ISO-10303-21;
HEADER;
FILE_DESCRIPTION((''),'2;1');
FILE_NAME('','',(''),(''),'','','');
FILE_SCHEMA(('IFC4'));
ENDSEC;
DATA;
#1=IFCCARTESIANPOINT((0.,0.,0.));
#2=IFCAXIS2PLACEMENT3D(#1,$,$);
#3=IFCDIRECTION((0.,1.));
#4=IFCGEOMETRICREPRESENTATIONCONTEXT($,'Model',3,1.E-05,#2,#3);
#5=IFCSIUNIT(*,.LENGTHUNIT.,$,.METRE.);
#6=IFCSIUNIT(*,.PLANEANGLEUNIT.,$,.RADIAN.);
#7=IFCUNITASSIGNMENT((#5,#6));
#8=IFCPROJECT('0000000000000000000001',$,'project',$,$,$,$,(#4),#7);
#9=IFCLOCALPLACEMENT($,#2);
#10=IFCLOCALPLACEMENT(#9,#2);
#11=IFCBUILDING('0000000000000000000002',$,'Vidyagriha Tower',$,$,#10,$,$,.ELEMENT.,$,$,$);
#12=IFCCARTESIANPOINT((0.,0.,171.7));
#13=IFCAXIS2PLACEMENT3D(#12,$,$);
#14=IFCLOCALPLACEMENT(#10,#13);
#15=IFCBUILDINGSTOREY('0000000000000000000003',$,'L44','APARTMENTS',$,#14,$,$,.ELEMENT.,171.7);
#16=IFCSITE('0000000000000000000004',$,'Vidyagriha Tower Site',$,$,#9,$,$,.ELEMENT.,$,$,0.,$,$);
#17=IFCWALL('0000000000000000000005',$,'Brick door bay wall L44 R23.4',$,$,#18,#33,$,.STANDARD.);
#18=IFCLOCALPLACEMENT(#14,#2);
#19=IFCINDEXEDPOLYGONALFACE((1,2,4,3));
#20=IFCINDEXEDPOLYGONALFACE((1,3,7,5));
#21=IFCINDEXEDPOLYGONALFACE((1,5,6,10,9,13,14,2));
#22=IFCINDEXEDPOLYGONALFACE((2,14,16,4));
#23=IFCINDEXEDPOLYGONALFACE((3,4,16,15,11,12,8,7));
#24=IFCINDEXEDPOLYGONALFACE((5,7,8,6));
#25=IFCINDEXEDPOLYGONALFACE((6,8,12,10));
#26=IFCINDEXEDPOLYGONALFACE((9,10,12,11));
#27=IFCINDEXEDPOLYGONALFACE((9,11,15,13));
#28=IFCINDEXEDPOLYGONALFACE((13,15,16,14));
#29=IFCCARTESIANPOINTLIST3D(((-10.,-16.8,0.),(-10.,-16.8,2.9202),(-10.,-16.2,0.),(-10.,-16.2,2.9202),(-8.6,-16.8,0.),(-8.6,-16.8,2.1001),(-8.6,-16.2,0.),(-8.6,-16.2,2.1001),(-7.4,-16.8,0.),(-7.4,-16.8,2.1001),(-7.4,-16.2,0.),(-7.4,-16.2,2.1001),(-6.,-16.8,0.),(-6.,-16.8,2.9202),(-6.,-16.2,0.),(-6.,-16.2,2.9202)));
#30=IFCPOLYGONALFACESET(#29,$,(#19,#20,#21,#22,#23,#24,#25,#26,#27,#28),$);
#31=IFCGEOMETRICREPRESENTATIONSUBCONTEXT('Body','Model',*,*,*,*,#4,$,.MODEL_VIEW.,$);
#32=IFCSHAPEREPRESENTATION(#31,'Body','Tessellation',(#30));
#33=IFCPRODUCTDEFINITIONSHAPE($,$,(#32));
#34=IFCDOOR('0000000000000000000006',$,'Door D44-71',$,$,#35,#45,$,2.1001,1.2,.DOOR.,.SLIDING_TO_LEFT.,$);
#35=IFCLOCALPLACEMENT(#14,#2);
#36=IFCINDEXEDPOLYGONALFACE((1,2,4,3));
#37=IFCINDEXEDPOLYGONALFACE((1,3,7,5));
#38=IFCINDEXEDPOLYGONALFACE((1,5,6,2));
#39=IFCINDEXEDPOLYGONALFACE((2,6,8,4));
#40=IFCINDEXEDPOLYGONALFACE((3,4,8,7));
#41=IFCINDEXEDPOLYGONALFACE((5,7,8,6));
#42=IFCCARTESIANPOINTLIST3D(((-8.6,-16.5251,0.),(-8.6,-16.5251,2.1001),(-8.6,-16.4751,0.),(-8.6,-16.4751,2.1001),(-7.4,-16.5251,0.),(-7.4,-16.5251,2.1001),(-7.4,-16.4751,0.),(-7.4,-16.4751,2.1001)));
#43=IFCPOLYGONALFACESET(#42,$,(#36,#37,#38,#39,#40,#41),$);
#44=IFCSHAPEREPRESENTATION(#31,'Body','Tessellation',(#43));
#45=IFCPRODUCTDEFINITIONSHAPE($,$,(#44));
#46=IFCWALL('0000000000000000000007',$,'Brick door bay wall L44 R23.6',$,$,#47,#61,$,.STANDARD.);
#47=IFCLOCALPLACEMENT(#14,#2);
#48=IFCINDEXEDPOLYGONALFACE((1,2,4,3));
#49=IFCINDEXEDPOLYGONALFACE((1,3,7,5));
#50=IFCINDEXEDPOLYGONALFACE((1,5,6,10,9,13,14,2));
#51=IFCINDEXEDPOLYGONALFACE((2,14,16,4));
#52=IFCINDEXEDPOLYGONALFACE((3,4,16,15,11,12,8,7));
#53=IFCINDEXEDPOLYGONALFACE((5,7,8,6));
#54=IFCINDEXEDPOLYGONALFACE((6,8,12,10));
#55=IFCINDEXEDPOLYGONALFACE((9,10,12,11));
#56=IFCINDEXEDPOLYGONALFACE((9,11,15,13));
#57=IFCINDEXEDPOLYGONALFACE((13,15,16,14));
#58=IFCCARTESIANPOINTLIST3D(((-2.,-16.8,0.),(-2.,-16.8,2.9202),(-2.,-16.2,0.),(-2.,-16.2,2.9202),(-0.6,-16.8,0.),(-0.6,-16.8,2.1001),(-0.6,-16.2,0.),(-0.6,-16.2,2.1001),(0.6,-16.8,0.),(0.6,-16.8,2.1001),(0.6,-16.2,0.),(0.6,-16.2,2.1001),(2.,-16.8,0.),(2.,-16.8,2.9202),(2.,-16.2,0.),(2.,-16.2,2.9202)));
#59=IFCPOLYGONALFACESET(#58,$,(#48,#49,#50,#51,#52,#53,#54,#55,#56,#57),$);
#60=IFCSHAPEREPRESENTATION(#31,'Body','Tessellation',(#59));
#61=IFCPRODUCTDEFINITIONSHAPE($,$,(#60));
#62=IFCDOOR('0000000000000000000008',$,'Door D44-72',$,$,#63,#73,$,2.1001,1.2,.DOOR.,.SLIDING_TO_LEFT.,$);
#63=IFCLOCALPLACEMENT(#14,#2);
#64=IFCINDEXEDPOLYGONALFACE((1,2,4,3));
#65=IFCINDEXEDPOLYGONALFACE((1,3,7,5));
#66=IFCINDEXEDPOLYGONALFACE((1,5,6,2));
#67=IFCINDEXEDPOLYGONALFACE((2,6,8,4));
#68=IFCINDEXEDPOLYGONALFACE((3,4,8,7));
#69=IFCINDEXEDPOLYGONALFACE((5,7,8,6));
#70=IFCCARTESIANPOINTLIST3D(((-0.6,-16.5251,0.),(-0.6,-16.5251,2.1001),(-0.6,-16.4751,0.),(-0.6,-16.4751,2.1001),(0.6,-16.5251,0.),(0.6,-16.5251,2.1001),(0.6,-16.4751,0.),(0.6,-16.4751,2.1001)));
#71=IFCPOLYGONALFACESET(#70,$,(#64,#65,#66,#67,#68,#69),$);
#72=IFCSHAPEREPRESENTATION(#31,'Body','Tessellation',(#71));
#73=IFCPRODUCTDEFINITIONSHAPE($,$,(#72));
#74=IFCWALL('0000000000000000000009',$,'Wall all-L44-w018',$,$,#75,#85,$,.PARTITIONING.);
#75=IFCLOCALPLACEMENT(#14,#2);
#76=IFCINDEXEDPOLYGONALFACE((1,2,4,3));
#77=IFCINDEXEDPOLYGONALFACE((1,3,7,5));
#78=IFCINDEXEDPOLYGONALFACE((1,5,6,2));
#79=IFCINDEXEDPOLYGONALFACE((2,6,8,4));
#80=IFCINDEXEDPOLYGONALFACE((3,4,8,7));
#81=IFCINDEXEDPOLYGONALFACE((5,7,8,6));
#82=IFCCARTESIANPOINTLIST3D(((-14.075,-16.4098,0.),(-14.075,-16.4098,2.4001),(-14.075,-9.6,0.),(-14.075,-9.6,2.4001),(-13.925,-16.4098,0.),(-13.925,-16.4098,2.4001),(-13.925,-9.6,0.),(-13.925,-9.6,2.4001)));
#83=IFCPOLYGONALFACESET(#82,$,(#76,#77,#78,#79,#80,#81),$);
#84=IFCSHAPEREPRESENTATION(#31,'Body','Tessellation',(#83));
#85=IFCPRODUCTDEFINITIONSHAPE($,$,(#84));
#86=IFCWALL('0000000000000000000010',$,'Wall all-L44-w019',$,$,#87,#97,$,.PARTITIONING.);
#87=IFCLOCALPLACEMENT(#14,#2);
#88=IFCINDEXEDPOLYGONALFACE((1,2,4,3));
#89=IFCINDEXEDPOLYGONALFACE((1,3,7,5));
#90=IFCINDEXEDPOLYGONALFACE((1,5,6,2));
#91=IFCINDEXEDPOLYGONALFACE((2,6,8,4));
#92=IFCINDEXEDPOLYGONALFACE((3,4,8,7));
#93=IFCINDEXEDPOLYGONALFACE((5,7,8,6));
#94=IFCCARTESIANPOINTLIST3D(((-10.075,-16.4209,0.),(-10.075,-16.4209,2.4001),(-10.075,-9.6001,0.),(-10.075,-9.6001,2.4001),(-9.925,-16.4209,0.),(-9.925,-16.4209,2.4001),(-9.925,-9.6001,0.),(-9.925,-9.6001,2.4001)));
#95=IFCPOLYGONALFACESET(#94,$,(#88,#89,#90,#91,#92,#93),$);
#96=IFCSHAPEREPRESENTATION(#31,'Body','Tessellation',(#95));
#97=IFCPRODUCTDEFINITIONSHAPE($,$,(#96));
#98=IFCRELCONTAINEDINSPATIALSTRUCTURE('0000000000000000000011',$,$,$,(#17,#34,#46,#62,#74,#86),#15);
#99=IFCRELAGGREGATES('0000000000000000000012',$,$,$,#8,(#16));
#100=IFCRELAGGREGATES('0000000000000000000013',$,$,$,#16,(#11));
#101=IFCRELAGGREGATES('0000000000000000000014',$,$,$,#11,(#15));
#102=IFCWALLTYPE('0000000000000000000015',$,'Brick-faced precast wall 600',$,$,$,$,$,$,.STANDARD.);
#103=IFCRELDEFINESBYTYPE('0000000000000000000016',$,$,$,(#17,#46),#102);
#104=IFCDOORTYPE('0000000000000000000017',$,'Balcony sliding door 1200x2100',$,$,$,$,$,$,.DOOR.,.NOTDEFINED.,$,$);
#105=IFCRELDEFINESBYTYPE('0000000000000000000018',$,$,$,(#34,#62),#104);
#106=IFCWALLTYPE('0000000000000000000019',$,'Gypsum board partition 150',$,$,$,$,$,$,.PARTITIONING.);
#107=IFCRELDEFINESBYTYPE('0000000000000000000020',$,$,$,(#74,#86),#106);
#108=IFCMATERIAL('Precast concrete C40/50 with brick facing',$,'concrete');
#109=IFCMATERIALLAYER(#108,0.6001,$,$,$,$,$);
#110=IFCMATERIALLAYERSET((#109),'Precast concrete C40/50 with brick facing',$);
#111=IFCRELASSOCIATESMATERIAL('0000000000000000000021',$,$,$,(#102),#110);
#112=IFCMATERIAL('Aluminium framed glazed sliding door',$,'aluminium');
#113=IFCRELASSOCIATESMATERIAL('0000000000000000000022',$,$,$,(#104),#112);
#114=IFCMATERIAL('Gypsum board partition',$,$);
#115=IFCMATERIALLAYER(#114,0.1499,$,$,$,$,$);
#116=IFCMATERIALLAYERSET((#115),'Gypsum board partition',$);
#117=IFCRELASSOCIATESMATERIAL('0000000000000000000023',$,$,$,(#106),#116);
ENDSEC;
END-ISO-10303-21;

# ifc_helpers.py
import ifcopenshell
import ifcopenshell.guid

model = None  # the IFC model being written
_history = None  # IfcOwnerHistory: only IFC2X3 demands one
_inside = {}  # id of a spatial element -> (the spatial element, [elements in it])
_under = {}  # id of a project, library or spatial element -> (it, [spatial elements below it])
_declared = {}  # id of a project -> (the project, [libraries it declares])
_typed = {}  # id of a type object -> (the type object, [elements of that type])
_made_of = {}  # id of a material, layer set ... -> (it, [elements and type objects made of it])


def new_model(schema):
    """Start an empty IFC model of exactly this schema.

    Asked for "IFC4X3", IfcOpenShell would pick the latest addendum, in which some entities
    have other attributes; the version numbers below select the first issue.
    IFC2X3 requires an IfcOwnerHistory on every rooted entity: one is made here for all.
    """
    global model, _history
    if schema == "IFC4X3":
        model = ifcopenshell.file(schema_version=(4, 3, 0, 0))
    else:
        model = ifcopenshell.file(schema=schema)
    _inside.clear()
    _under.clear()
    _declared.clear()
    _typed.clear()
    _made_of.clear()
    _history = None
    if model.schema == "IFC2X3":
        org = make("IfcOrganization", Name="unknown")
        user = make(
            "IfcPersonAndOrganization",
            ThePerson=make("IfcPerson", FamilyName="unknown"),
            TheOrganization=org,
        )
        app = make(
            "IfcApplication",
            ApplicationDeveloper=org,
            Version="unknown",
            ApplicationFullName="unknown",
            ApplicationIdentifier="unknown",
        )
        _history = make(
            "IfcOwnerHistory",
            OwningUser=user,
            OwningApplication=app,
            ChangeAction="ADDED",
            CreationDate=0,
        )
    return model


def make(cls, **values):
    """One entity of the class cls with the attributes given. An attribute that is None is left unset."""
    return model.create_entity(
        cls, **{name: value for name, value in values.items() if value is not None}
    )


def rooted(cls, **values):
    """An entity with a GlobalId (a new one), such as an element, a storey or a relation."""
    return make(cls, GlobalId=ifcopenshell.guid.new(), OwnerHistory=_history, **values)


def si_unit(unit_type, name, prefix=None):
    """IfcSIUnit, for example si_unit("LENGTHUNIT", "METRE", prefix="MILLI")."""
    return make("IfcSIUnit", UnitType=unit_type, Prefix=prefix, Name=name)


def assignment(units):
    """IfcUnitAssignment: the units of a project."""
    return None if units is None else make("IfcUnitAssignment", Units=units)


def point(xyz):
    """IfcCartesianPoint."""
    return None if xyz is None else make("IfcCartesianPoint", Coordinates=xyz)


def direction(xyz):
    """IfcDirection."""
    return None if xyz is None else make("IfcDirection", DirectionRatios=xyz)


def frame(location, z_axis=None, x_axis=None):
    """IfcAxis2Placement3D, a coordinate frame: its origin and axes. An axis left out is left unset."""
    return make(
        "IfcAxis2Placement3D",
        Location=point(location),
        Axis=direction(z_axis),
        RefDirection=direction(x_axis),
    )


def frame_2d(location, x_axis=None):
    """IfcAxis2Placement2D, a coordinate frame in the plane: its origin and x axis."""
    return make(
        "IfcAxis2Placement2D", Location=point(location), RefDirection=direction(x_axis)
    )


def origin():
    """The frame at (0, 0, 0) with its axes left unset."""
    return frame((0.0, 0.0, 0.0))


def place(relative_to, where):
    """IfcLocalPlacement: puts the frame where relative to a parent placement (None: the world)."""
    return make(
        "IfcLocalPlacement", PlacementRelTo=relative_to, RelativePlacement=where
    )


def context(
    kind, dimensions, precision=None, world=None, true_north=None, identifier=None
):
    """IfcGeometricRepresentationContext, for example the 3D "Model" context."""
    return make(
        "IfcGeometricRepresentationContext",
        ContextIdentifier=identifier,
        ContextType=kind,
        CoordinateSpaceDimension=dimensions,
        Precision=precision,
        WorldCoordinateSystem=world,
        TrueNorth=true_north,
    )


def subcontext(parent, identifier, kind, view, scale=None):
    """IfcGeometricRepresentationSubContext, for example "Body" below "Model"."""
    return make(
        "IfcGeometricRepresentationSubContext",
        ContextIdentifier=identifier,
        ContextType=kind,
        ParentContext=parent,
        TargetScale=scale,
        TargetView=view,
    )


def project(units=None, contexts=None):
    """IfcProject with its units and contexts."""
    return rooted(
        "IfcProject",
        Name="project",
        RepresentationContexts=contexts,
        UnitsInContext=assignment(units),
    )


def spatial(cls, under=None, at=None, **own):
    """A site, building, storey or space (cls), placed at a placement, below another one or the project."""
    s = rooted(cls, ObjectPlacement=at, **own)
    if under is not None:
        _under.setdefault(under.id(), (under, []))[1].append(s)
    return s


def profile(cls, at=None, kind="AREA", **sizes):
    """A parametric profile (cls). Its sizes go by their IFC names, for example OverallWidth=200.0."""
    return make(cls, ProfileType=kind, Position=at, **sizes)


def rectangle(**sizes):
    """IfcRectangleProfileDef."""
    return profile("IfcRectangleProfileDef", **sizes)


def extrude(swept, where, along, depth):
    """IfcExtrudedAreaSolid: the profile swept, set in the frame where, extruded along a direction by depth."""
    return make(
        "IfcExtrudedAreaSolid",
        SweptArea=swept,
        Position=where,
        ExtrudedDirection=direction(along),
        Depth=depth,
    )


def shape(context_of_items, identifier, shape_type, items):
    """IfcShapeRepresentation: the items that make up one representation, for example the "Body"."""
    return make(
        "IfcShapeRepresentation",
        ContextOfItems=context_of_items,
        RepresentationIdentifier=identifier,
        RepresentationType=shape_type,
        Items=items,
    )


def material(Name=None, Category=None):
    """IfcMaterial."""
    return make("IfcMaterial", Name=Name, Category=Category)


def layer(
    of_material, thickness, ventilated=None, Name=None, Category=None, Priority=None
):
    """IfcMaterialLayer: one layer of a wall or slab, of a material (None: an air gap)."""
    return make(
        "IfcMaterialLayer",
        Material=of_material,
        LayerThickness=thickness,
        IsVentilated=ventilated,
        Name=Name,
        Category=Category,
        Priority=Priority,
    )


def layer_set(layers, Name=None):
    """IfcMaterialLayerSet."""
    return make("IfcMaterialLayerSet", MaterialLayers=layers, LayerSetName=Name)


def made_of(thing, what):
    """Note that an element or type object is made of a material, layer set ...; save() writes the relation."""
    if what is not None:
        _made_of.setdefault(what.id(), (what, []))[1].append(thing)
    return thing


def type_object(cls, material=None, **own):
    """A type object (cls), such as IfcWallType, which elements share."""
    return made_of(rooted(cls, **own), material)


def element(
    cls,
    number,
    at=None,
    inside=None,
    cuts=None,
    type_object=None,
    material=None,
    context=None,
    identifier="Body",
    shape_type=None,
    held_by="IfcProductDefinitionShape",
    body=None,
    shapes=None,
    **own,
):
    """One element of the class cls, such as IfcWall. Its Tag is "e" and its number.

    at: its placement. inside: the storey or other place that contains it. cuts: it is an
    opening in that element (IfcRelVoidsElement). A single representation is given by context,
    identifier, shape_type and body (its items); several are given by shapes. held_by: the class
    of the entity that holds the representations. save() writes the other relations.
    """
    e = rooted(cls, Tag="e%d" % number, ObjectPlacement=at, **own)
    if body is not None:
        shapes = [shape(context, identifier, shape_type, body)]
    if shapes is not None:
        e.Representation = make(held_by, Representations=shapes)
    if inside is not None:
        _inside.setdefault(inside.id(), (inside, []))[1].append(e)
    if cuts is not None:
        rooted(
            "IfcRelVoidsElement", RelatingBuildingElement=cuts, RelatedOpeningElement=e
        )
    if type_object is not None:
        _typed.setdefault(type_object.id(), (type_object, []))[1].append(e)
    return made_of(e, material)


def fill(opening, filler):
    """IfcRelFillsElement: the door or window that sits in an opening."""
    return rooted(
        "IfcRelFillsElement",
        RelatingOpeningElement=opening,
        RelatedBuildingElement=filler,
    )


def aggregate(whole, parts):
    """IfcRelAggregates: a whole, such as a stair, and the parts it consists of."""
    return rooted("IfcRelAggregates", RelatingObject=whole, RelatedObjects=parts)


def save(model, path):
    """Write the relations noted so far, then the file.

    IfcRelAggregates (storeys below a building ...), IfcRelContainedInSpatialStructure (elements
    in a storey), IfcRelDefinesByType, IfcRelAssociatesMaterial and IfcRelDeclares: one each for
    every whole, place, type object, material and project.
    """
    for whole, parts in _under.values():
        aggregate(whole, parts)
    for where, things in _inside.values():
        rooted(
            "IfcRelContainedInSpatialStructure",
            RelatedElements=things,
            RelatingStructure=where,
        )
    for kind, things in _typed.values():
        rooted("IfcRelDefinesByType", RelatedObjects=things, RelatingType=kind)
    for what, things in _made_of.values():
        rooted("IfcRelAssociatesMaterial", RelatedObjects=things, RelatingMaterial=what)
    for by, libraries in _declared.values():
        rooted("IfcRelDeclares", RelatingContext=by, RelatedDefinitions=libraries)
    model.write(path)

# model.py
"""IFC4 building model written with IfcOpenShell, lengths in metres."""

from ifc_helpers import new_model, si_unit, direction, frame, frame_2d, origin, place, context, subcontext, project, spatial, rectangle, extrude, material, layer, layer_set, type_object, element, fill, save


model = new_model("IFC4")

# Units and contexts
model_context = context("Model", 3, precision=1e-05, world=origin(), true_north=direction((0.0, 1.0)))
body_context = subcontext(model_context, "Body", "Model", "MODEL_VIEW")
ifc_project = project(units=[si_unit("LENGTHUNIT", "METRE"), si_unit("PLANEANGLEUNIT", "RADIAN")], contexts=[model_context])

# Site, building, storey
site_placement = place(None, origin())
site = spatial("IfcSite", under=ifc_project, at=site_placement, Name="Vidyagriha Tower Site", CompositionType="ELEMENT", RefElevation=0.0)
building_placement = place(site_placement, origin())
building = spatial("IfcBuilding", under=site, at=building_placement, Name="Vidyagriha Tower", CompositionType="ELEMENT")
storey_placement = place(building_placement, frame((0.0, 0.0, 171.7)))
storey = spatial("IfcBuildingStorey", under=building, at=storey_placement, Name="L44", Description="APARTMENTS", CompositionType="ELEMENT", Elevation=171.7)

# Walls, openings, doors
ifc_material_1 = material(Name="Precast concrete C40/50 with brick facing", Category="concrete")
ifc_layer_1 = layer(ifc_material_1, 0.6001)
ifc_layer_set_1 = layer_set([ifc_layer_1], Name="Precast concrete C40/50 with brick facing")
wall_type_1 = type_object("IfcWallType", Name="Brick-faced precast wall 600", PredefinedType="STANDARD", material=ifc_layer_set_1)
wall_1_placement = place(storey_placement, frame((-10.0, -16.5, 0.0)))
wall_1 = element("IfcWall", 1, at=wall_1_placement, inside=storey, type_object=wall_type_1, Name="Brick door bay wall L44 R23.4", PredefinedType="STANDARD", context=body_context, shape_type="SweptSolid", body=[
    extrude(rectangle(XDim=4.0, YDim=0.6001, at=frame_2d((2.0, 0.0))), origin(), (0.0, 0.0, 1.0), 2.9202),
])
opening_1_placement = place(wall_1_placement, frame((1.3999, 0.0, 0.0)))
opening_1 = element("IfcOpeningElement", 2, at=opening_1_placement, cuts=wall_1, PredefinedType="OPENING", context=body_context, shape_type="SweptSolid", body=[
    extrude(rectangle(XDim=1.2, YDim=2.1001, at=frame_2d((0.6001, 1.05))), frame((0.0, 0.3101, 0.0), z_axis=(0.0, -1.0, 0.0), x_axis=(1.0, 0.0, 0.0)), (0.0, 0.0, 1.0), 0.6201),
])
ifc_material_2 = material(Name="Aluminium framed glazed sliding door", Category="aluminium")
door_type = type_object("IfcDoorType", Name="Balcony sliding door 1200x2100", OperationType="NOTDEFINED", PredefinedType="DOOR", material=ifc_material_2)
door_1_placement = place(opening_1_placement, origin())
door_1 = element("IfcDoor", 3, at=door_1_placement, inside=storey, type_object=door_type, Name="Door D44-71", OperationType="SLIDING_TO_LEFT", OverallHeight=2.1001, OverallWidth=1.2, PredefinedType="DOOR", context=body_context, shape_type="SweptSolid", body=[
    extrude(rectangle(XDim=1.2, YDim=2.1001, at=frame_2d((0.6001, 1.05))), frame((0.0, 0.0249, 0.0), z_axis=(0.0, -1.0, 0.0), x_axis=(1.0, 0.0, 0.0)), (0.0, 0.0, 1.0), 0.05),
])
fill(opening_1, door_1)
wall_2_placement = place(storey_placement, frame((-2.0, -16.5, 0.0)))
wall_2 = element("IfcWall", 4, at=wall_2_placement, inside=storey, type_object=wall_type_1, Name="Brick door bay wall L44 R23.6", PredefinedType="STANDARD", context=body_context, shape_type="SweptSolid", body=[
    extrude(rectangle(XDim=4.0, YDim=0.6001, at=frame_2d((2.0, 0.0))), origin(), (0.0, 0.0, 1.0), 2.9202),
])
opening_2_placement = place(wall_2_placement, frame((1.3999, 0.0, 0.0)))
opening_2 = element("IfcOpeningElement", 5, at=opening_2_placement, cuts=wall_2, PredefinedType="OPENING", context=body_context, shape_type="SweptSolid", body=[
    extrude(rectangle(XDim=1.2, YDim=2.1001, at=frame_2d((0.6001, 1.05))), frame((0.0, 0.3101, 0.0), z_axis=(0.0, -1.0, 0.0), x_axis=(1.0, 0.0, 0.0)), (0.0, 0.0, 1.0), 0.6201),
])
door_2_placement = place(opening_2_placement, origin())
door_2 = element("IfcDoor", 6, at=door_2_placement, inside=storey, type_object=door_type, Name="Door D44-72", OperationType="SLIDING_TO_LEFT", OverallHeight=2.1001, OverallWidth=1.2, PredefinedType="DOOR", context=body_context, shape_type="SweptSolid", body=[
    extrude(rectangle(XDim=1.2, YDim=2.1001, at=frame_2d((0.6001, 1.05))), frame((0.0, 0.0249, 0.0), z_axis=(0.0, -1.0, 0.0), x_axis=(1.0, 0.0, 0.0)), (0.0, 0.0, 1.0), 0.05),
])
fill(opening_2, door_2)

# Walls
ifc_material_3 = material(Name="Gypsum board partition")
ifc_layer_2 = layer(ifc_material_3, 0.1499)
ifc_layer_set_2 = layer_set([ifc_layer_2], Name="Gypsum board partition")
wall_type_2 = type_object("IfcWallType", Name="Gypsum board partition 150", PredefinedType="PARTITIONING", material=ifc_layer_set_2)
wall_3_placement = place(storey_placement, frame((-14.0, -9.6001, 0.0), z_axis=(0.0, 0.0, 1.0), x_axis=(0.0, -1.0, 0.0)))
element("IfcWall", 7, at=wall_3_placement, inside=storey, type_object=wall_type_2, Name="Wall all-L44-w018", PredefinedType="PARTITIONING", context=body_context, shape_type="SweptSolid", body=[
    extrude(rectangle(XDim=6.8098, YDim=0.1499, at=frame_2d((3.4048, 0.0))), origin(), (0.0, 0.0, 1.0), 2.4001),
])
wall_4_placement = place(storey_placement, frame((-10.0, -9.6001, 0.0), z_axis=(0.0, 0.0, 1.0), x_axis=(0.0, -1.0, 0.0)))
element("IfcWall", 8, at=wall_4_placement, inside=storey, type_object=wall_type_2, Name="Wall all-L44-w019", PredefinedType="PARTITIONING", context=body_context, shape_type="SweptSolid", body=[
    extrude(rectangle(XDim=6.8208, YDim=0.1499, at=frame_2d((3.4104, 0.0))), origin(), (0.0, 0.0, 1.0), 2.4001),
])

save(model, "model.ifc")
